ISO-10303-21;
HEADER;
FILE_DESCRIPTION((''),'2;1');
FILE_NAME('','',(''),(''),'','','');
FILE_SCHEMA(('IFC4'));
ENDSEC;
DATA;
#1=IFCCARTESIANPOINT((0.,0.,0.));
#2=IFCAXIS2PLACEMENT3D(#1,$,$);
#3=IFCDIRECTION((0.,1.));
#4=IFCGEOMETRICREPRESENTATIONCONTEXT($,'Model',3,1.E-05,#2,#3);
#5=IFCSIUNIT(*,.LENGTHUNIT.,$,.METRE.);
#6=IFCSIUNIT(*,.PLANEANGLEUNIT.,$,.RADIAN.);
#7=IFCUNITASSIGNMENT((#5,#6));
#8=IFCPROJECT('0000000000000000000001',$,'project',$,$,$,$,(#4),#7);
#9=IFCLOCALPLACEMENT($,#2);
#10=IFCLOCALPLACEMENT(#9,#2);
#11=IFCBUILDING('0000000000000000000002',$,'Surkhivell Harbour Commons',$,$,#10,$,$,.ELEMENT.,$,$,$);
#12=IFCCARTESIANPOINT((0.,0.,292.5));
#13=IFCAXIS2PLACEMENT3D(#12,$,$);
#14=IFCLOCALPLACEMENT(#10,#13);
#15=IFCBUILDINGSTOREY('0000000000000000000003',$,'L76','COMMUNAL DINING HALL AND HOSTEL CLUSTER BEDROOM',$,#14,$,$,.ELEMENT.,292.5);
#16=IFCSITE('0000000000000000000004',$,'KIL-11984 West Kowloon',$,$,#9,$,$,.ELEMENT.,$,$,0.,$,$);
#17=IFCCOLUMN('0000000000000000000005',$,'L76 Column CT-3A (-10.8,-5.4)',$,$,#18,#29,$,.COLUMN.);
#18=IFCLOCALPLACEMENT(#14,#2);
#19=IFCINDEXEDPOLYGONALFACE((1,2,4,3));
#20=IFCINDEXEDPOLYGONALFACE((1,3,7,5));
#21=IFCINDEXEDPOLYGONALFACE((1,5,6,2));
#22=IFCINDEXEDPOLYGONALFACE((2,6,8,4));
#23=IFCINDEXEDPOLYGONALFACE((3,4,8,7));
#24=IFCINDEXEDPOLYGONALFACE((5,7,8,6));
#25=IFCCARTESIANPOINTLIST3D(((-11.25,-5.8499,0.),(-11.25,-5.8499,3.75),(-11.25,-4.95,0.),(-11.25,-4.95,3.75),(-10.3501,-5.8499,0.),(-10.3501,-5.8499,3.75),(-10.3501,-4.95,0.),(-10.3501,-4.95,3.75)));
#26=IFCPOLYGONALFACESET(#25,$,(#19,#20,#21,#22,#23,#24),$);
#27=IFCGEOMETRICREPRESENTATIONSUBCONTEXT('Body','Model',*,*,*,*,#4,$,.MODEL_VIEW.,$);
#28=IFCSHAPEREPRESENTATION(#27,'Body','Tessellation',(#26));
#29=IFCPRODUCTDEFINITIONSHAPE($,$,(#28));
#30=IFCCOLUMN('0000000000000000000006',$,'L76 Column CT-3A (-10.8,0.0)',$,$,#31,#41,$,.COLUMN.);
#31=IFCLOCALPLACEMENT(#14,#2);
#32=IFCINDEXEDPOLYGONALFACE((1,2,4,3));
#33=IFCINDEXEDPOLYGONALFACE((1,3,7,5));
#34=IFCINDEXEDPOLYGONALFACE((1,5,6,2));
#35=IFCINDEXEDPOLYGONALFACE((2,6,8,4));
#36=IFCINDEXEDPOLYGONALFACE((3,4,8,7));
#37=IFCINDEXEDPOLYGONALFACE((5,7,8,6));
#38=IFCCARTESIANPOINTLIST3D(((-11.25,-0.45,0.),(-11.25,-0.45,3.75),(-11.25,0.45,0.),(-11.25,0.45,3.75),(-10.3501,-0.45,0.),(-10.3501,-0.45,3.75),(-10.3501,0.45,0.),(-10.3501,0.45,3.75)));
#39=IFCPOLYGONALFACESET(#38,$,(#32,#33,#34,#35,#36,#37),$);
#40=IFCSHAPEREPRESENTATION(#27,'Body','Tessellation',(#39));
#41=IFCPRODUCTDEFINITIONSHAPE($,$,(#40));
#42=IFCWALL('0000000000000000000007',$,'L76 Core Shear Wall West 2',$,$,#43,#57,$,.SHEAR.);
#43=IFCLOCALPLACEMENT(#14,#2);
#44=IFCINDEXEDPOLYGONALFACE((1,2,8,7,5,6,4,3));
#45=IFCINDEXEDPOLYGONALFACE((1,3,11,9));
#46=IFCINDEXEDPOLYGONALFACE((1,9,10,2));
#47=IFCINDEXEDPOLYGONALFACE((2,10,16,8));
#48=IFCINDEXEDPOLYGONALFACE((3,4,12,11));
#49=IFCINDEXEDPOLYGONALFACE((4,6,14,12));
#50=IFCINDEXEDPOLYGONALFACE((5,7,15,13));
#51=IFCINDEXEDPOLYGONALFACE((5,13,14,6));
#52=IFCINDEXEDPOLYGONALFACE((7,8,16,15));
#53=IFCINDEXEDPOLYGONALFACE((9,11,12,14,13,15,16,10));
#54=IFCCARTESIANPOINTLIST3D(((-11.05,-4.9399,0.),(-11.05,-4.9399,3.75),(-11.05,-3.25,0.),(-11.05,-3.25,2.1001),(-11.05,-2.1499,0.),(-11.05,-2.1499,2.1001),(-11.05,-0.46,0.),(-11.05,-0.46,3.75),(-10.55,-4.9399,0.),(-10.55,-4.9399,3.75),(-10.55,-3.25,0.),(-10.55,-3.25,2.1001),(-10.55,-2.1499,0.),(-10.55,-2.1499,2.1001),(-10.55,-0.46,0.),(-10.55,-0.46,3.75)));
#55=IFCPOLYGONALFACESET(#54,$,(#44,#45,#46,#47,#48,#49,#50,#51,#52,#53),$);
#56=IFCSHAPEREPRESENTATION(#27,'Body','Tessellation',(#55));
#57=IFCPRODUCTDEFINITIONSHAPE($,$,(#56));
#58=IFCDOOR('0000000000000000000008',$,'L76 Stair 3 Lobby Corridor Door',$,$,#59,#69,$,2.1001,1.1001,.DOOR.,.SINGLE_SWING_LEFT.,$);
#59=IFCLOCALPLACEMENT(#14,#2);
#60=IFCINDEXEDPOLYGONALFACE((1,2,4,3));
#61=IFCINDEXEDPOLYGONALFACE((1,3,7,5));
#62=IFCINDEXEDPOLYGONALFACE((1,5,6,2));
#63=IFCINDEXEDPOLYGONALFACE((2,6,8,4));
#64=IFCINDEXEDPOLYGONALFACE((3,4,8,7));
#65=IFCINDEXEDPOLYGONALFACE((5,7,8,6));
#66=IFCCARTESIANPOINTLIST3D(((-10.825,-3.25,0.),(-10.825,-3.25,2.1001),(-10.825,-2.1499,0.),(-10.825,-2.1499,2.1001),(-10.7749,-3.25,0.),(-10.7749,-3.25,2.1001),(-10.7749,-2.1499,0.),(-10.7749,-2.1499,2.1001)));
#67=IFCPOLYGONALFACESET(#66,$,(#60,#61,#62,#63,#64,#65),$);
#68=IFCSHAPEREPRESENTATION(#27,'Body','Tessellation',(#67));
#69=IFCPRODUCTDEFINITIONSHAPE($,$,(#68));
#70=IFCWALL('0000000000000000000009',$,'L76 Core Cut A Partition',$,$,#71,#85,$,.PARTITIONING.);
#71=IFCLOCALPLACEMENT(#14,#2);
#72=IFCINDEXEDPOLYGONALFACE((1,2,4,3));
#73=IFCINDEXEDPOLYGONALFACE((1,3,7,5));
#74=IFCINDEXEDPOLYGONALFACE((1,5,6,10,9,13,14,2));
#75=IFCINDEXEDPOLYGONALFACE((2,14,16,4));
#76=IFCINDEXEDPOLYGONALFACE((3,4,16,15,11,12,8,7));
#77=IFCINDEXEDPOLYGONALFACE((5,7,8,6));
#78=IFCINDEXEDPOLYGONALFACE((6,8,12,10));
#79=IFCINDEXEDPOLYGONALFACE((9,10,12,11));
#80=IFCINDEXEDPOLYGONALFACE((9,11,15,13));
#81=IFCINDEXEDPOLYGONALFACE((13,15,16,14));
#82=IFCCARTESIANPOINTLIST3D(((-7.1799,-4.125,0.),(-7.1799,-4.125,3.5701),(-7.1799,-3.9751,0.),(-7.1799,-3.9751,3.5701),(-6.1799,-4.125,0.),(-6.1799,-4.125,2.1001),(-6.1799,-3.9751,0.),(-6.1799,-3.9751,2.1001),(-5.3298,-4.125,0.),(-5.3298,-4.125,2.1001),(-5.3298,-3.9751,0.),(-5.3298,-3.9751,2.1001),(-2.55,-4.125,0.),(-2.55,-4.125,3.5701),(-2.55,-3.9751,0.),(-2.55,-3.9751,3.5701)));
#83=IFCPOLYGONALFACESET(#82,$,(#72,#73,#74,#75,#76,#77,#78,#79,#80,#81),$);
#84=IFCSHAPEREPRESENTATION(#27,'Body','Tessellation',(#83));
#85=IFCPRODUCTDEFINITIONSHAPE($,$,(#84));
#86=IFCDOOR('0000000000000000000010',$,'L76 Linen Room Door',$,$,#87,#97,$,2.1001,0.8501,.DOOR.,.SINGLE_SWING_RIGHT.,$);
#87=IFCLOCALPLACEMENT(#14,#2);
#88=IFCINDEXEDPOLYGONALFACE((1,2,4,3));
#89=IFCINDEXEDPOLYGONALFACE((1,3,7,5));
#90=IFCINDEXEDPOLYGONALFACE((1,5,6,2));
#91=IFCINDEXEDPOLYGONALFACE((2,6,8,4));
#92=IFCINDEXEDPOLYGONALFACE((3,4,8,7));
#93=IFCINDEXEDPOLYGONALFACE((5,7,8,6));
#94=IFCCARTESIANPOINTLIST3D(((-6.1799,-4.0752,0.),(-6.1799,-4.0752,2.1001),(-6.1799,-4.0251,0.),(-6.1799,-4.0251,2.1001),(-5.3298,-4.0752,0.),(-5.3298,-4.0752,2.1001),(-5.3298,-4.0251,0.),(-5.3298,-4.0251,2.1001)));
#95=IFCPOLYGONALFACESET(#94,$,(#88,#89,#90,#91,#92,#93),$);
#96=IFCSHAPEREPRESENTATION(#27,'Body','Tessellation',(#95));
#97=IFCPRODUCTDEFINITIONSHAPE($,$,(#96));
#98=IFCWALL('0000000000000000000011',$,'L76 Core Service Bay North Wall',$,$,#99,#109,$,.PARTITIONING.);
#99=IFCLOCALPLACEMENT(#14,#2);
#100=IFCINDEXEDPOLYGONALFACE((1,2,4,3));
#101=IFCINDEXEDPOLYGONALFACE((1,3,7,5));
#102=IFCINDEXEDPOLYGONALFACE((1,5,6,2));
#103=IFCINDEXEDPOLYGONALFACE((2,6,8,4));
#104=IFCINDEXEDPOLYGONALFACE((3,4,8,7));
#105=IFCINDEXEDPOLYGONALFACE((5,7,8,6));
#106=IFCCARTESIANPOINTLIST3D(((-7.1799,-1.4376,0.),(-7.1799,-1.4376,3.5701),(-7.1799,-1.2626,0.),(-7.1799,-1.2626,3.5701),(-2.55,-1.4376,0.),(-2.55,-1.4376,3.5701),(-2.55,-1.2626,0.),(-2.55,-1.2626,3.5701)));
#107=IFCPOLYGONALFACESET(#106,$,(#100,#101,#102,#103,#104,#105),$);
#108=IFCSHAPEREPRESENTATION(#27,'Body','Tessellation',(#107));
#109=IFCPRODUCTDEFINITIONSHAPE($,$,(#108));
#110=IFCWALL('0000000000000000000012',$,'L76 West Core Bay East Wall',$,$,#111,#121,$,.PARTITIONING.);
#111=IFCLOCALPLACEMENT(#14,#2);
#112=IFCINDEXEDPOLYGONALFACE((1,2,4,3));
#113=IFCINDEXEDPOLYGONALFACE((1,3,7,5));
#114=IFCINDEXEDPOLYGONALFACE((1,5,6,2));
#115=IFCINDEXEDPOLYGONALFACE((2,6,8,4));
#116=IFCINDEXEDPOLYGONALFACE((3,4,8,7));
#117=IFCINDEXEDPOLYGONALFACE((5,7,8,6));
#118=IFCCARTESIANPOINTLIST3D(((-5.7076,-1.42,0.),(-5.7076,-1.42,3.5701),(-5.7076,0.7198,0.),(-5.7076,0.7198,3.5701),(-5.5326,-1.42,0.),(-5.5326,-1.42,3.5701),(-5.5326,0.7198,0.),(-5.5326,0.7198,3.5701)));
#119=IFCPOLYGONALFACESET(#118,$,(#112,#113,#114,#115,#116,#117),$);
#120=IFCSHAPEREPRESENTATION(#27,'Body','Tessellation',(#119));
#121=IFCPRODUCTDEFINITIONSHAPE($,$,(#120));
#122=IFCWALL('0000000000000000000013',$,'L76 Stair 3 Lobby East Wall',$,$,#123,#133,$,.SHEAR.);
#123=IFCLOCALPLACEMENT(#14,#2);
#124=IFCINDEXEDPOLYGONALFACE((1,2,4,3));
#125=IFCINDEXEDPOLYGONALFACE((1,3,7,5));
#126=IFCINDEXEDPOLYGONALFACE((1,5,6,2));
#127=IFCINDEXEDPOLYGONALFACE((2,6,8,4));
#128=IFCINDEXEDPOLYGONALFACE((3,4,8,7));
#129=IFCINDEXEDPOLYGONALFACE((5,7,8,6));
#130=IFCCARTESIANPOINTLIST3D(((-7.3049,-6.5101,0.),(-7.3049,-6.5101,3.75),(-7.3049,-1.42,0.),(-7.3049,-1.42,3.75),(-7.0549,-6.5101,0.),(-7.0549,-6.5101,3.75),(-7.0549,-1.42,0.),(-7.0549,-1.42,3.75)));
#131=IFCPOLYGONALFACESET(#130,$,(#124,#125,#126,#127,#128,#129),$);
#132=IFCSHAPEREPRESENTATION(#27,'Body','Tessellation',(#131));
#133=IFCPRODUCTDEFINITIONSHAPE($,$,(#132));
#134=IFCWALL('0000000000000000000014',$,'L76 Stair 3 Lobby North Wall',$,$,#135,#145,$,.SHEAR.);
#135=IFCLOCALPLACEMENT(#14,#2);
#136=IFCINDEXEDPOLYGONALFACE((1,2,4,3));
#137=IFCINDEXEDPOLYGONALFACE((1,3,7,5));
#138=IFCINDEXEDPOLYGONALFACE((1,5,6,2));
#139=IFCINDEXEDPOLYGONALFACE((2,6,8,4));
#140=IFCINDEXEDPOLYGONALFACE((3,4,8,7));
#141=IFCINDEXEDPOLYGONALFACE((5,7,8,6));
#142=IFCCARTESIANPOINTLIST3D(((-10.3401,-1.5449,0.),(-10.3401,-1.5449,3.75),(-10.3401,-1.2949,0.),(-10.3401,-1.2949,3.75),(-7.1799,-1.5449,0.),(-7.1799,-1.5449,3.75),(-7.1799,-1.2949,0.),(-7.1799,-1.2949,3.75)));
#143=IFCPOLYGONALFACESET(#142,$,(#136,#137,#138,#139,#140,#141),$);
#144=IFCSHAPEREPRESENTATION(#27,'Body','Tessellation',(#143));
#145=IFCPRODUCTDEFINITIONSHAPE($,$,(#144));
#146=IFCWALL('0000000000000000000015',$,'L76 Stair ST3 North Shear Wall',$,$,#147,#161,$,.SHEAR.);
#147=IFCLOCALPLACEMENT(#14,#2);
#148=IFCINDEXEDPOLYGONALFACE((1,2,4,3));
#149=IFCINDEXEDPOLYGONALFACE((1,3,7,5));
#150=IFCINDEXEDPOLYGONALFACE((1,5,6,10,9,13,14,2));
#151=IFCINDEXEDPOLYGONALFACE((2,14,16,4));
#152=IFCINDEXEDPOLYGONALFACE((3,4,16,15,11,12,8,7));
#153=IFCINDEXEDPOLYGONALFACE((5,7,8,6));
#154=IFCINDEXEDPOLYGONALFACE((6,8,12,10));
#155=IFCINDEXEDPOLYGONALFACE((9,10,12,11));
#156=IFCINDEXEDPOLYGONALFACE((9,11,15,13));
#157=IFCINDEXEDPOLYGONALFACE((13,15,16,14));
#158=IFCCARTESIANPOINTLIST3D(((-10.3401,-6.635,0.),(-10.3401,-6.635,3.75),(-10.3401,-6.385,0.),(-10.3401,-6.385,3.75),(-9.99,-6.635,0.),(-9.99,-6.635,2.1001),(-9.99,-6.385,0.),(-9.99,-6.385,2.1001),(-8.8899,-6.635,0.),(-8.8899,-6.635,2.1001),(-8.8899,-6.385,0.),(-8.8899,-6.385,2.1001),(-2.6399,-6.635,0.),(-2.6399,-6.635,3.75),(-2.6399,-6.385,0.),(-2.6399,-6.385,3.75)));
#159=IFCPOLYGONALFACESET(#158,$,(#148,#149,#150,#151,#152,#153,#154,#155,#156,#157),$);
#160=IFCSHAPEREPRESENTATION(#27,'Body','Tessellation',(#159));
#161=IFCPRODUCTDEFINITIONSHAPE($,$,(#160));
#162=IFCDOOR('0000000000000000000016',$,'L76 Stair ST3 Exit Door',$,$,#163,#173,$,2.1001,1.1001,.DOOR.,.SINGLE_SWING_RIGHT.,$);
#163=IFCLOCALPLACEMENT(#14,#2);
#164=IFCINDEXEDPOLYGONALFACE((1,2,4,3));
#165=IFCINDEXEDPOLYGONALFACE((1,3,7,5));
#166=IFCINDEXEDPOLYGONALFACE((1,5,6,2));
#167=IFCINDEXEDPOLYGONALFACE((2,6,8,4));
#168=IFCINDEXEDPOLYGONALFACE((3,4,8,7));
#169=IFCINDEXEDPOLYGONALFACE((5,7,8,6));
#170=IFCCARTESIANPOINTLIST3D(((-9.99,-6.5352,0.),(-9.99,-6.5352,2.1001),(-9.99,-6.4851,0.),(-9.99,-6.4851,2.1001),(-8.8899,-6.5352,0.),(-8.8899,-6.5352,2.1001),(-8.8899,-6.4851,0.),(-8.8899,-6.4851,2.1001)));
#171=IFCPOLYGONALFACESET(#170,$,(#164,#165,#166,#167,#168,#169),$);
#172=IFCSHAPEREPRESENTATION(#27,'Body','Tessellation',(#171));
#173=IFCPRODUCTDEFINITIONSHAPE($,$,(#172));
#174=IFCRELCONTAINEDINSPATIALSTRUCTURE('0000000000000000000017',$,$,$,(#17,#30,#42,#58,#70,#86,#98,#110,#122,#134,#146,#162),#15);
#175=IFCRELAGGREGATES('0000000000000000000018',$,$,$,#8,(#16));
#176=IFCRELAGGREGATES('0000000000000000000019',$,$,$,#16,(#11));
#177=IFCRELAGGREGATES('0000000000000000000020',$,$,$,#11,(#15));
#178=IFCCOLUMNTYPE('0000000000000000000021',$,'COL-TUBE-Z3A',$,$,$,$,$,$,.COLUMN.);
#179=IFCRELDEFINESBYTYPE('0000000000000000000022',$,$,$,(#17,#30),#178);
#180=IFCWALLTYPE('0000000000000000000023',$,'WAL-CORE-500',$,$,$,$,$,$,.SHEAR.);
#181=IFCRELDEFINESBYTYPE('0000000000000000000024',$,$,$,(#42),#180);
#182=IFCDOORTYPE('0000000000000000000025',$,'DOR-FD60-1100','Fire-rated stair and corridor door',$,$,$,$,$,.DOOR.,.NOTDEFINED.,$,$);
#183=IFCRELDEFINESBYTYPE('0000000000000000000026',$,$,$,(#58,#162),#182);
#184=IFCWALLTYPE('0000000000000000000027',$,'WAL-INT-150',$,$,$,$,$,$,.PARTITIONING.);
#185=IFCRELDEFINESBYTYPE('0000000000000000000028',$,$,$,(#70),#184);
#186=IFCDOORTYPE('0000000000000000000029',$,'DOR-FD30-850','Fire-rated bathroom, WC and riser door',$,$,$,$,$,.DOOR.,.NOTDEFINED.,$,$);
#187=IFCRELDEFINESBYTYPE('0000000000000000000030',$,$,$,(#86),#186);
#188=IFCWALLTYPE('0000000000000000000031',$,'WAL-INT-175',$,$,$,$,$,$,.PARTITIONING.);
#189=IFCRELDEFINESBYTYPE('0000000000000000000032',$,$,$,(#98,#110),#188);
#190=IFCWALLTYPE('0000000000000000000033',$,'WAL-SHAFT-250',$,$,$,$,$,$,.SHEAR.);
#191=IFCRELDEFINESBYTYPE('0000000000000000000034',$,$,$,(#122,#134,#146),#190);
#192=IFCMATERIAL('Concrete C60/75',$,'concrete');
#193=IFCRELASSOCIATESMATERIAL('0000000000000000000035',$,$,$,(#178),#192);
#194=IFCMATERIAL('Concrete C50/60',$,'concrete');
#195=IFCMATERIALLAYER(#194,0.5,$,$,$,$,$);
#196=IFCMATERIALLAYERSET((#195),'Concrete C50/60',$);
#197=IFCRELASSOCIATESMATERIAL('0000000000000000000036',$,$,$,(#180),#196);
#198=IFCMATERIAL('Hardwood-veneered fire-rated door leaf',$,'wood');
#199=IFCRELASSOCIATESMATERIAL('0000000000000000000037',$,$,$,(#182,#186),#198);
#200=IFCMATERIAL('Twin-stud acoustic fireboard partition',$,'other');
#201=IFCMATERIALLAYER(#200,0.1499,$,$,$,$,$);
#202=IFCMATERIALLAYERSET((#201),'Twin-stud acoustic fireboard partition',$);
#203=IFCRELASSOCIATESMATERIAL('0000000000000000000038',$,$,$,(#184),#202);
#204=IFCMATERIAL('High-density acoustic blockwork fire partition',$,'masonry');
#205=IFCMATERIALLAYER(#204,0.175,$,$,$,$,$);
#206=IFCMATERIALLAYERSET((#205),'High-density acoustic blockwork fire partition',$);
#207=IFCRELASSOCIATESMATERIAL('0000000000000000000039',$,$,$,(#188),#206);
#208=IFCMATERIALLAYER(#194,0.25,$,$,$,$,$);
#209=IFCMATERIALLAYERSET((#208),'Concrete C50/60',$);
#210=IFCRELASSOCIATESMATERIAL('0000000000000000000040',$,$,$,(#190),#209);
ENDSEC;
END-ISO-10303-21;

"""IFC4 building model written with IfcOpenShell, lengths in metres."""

from ifc_helpers import new_model, si_unit, direction, frame, frame_2d, origin, origin_2d, place, context, subcontext, project, spatial, rectangle, extrude, material, layer, layer_set, material_profile, profile_set, type_object, element, fill, save


model = new_model("IFC4")

# Units and contexts
model_context = context("Model", 3, precision=1e-05, world=origin(), true_north=direction((0.0, 1.0)))
body_context = subcontext(model_context, "Body", "Model", "MODEL_VIEW")
ifc_project = project(units=[si_unit("LENGTHUNIT", "METRE"), si_unit("PLANEANGLEUNIT", "RADIAN")], contexts=[model_context])

# Site, building, storey
site_placement = place(None, origin())
site = spatial("IfcSite", under=ifc_project, at=site_placement, Name="KIL-11984 West Kowloon", CompositionType="ELEMENT", RefElevation=0.0)
building_placement = place(site_placement, origin())
building = spatial("IfcBuilding", under=site, at=building_placement, Name="Surkhivell Harbour Commons", CompositionType="ELEMENT")
storey_placement = place(building_placement, frame((0.0, 0.0, 292.5)))
storey = spatial("IfcBuildingStorey", under=building, at=storey_placement, Name="L76", Description="COMMUNAL DINING HALL AND HOSTEL CLUSTER BEDROOM", CompositionType="ELEMENT", Elevation=292.5)

# Columns
ifc_material_1 = material(Name="Concrete C60/75", Category="concrete")
ifc_material_profile = material_profile(ifc_material_1, rectangle(XDim=0.8999, YDim=0.8999, at=origin_2d()), Name="RC-COL-900x900")
ifc_profile_set = profile_set([ifc_material_profile], Name="Concrete C60/75")
column_type = type_object("IfcColumnType", Name="COL-TUBE-Z3A", PredefinedType="COLUMN", material=ifc_profile_set)
for number, where, z_axis, x_axis, name in (
    (1, (-10.8, -5.3999, 0.0), (0.0, 0.0, 1.0), (1.0, 0.0, 0.0), "L76 Column CT-3A (-10.8,-5.4)"),
    (2, (-10.8, 0.0, 0.0), (0.0, 0.0, 1.0), (1.0, 0.0, 0.0), "L76 Column CT-3A (-10.8,0.0)"),
):
    element("IfcColumn", number, at=place(storey_placement, frame(where, z_axis=z_axis, x_axis=x_axis)), inside=storey, type_object=column_type, Name=name, PredefinedType="COLUMN", context=body_context, shape_type="SweptSolid", body=[
        extrude(rectangle(XDim=0.8999, YDim=0.8999, at=origin_2d()), origin(), (0.0, 0.0, 1.0), 3.75),
    ])

# Walls, openings, doors
ifc_material_2 = material(Name="Concrete C50/60", Category="concrete")
ifc_layer_1 = layer(ifc_material_2, 0.5)
ifc_layer_set_1 = layer_set([ifc_layer_1], Name="Concrete C50/60")
wall_type_1 = type_object("IfcWallType", Name="WAL-CORE-500", PredefinedType="SHEAR", material=ifc_layer_set_1)
wall_1_placement = place(storey_placement, frame((-10.8, -4.9399, 0.0), z_axis=(0.0, 0.0, 1.0), x_axis=(0.0, 1.0, 0.0)))
wall_1 = element("IfcWall", 3, at=wall_1_placement, inside=storey, type_object=wall_type_1, Name="L76 Core Shear Wall West 2", PredefinedType="SHEAR", context=body_context, shape_type="SweptSolid", body=[
    extrude(rectangle(XDim=4.48, YDim=0.5, at=frame_2d((2.24, 0.0))), origin(), (0.0, 0.0, 1.0), 3.75),
])
opening_1_placement = place(wall_1_placement, frame((1.6899, 0.0, 0.0)))
opening_1 = element("IfcOpeningElement", 4, at=opening_1_placement, cuts=wall_1, PredefinedType="OPENING", context=body_context, shape_type="SweptSolid", body=[
    extrude(rectangle(XDim=1.1001, YDim=2.1001, at=frame_2d((0.55, 1.05))), frame((0.0, 0.26, 0.0), z_axis=(0.0, -1.0, 0.0), x_axis=(1.0, 0.0, 0.0)), (0.0, 0.0, 1.0), 0.52),
])
ifc_material_3 = material(Name="Hardwood-veneered fire-rated door leaf", Category="wood")
door_type_1 = type_object("IfcDoorType", Name="DOR-FD60-1100", Description="Fire-rated stair and corridor door", OperationType="NOTDEFINED", PredefinedType="DOOR", material=ifc_material_3)
door_1_placement = place(opening_1_placement, origin())
door_1 = element("IfcDoor", 5, at=door_1_placement, inside=storey, type_object=door_type_1, Name="L76 Stair 3 Lobby Corridor Door", OperationType="SINGLE_SWING_LEFT", OverallHeight=2.1001, OverallWidth=1.1001, PredefinedType="DOOR", context=body_context, shape_type="SweptSolid", body=[
    extrude(rectangle(XDim=1.1001, YDim=2.1001, at=frame_2d((0.55, 1.05))), frame((0.0, 0.0249, 0.0), z_axis=(0.0, -1.0, 0.0), x_axis=(1.0, 0.0, 0.0)), (0.0, 0.0, 1.0), 0.05),
])
fill(opening_1, door_1)
ifc_material_4 = material(Name="Twin-stud acoustic fireboard partition", Category="other")
ifc_layer_2 = layer(ifc_material_4, 0.1499)
ifc_layer_set_2 = layer_set([ifc_layer_2], Name="Twin-stud acoustic fireboard partition")
wall_type_2 = type_object("IfcWallType", Name="WAL-INT-150", PredefinedType="PARTITIONING", material=ifc_layer_set_2)
wall_2_placement = place(storey_placement, frame((-7.1799, -4.05, 0.0), z_axis=(0.0, 0.0, 1.0), x_axis=(1.0, 0.0, 0.0)))
wall_2 = element("IfcWall", 6, at=wall_2_placement, inside=storey, type_object=wall_type_2, Name="L76 Core Cut A Partition", PredefinedType="PARTITIONING", context=body_context, shape_type="SweptSolid", body=[
    extrude(rectangle(XDim=4.6299, YDim=0.1499, at=frame_2d((2.3149, 0.0))), origin(), (0.0, 0.0, 1.0), 3.5701),
])
opening_2_placement = place(wall_2_placement, frame((1.0, 0.0, 0.0)))
opening_2 = element("IfcOpeningElement", 7, at=opening_2_placement, cuts=wall_2, PredefinedType="OPENING", context=body_context, shape_type="SweptSolid", body=[
    extrude(rectangle(XDim=0.8501, YDim=2.1001, at=frame_2d((0.425, 1.05))), frame((0.0, 0.085, 0.0), z_axis=(0.0, -1.0, 0.0), x_axis=(1.0, 0.0, 0.0)), (0.0, 0.0, 1.0), 0.1699),
])
door_type_2 = type_object("IfcDoorType", Name="DOR-FD30-850", Description="Fire-rated bathroom, WC and riser door", OperationType="NOTDEFINED", PredefinedType="DOOR", material=ifc_material_3)
door_2_placement = place(opening_2_placement, origin())
door_2 = element("IfcDoor", 8, at=door_2_placement, inside=storey, type_object=door_type_2, Name="L76 Linen Room Door", OperationType="SINGLE_SWING_RIGHT", OverallHeight=2.1001, OverallWidth=0.8501, PredefinedType="DOOR", context=body_context, shape_type="SweptSolid", body=[
    extrude(rectangle(XDim=0.8501, YDim=2.1001, at=frame_2d((0.425, 1.05))), frame((0.0, 0.0249, 0.0), z_axis=(0.0, -1.0, 0.0), x_axis=(1.0, 0.0, 0.0)), (0.0, 0.0, 1.0), 0.05),
])
fill(opening_2, door_2)

# Walls
ifc_material_5 = material(Name="High-density acoustic blockwork fire partition", Category="masonry")
ifc_layer_3 = layer(ifc_material_5, 0.175)
ifc_layer_set_3 = layer_set([ifc_layer_3], Name="High-density acoustic blockwork fire partition")
wall_type_3 = type_object("IfcWallType", Name="WAL-INT-175", PredefinedType="PARTITIONING", material=ifc_layer_set_3)
wall_3_placement = place(storey_placement, frame((-7.1799, -1.3501, 0.0), z_axis=(0.0, 0.0, 1.0), x_axis=(1.0, 0.0, 0.0)))
element("IfcWall", 9, at=wall_3_placement, inside=storey, type_object=wall_type_3, Name="L76 Core Service Bay North Wall", PredefinedType="PARTITIONING", context=body_context, shape_type="SweptSolid", body=[
    extrude(rectangle(XDim=4.6299, YDim=0.175, at=frame_2d((2.3149, 0.0))), origin(), (0.0, 0.0, 1.0), 3.5701),
])
wall_4_placement = place(storey_placement, frame((-5.6201, -1.4199, 0.0), z_axis=(0.0, 0.0, 1.0), x_axis=(0.0, 1.0, 0.0)))
element("IfcWall", 10, at=wall_4_placement, inside=storey, type_object=wall_type_3, Name="L76 West Core Bay East Wall", PredefinedType="PARTITIONING", context=body_context, shape_type="SweptSolid", body=[
    extrude(rectangle(XDim=2.1399, YDim=0.175, at=frame_2d((1.0698, 0.0))), origin(), (0.0, 0.0, 1.0), 3.5701),
])
ifc_layer_4 = layer(ifc_material_2, 0.25)
ifc_layer_set_4 = layer_set([ifc_layer_4], Name="Concrete C50/60")
wall_type_4 = type_object("IfcWallType", Name="WAL-SHAFT-250", PredefinedType="SHEAR", material=ifc_layer_set_4)
wall_5_placement = place(storey_placement, frame((-7.1799, -6.51, 0.0), z_axis=(0.0, 0.0, 1.0), x_axis=(0.0, 1.0, 0.0)))
element("IfcWall", 11, at=wall_5_placement, inside=storey, type_object=wall_type_4, Name="L76 Stair 3 Lobby East Wall", PredefinedType="SHEAR", context=body_context, shape_type="SweptSolid", body=[
    extrude(rectangle(XDim=5.0901, YDim=0.25, at=frame_2d((2.5449, 0.0))), origin(), (0.0, 0.0, 1.0), 3.75),
])
wall_6_placement = place(storey_placement, frame((-10.3401, -1.4199, 0.0), z_axis=(0.0, 0.0, 1.0), x_axis=(1.0, 0.0, 0.0)))
element("IfcWall", 12, at=wall_6_placement, inside=storey, type_object=wall_type_4, Name="L76 Stair 3 Lobby North Wall", PredefinedType="SHEAR", context=body_context, shape_type="SweptSolid", body=[
    extrude(rectangle(XDim=3.1602, YDim=0.25, at=frame_2d((1.5801, 0.0))), origin(), (0.0, 0.0, 1.0), 3.75),
])

# Wall, opening, door
wall_7_placement = place(storey_placement, frame((-10.3401, -6.51, 0.0), z_axis=(0.0, 0.0, 1.0), x_axis=(1.0, 0.0, 0.0)))
wall_7 = element("IfcWall", 13, at=wall_7_placement, inside=storey, type_object=wall_type_4, Name="L76 Stair ST3 North Shear Wall", PredefinedType="SHEAR", context=body_context, shape_type="SweptSolid", body=[
    extrude(rectangle(XDim=7.7002, YDim=0.25, at=frame_2d((3.8501, 0.0))), origin(), (0.0, 0.0, 1.0), 3.75),
])
opening_3_placement = place(wall_7_placement, frame((0.3501, 0.0, 0.0)))
opening_3 = element("IfcOpeningElement", 14, at=opening_3_placement, cuts=wall_7, PredefinedType="OPENING", context=body_context, shape_type="SweptSolid", body=[
    extrude(rectangle(XDim=1.1001, YDim=2.1001, at=frame_2d((0.55, 1.05))), frame((0.0, 0.135, 0.0), z_axis=(0.0, -1.0, 0.0), x_axis=(1.0, 0.0, 0.0)), (0.0, 0.0, 1.0), 0.27),
])
door_3_placement = place(opening_3_placement, origin())
door_3 = element("IfcDoor", 15, at=door_3_placement, inside=storey, type_object=door_type_1, Name="L76 Stair ST3 Exit Door", OperationType="SINGLE_SWING_RIGHT", OverallHeight=2.1001, OverallWidth=1.1001, PredefinedType="DOOR", context=body_context, shape_type="SweptSolid", body=[
    extrude(rectangle(XDim=1.1001, YDim=2.1001, at=frame_2d((0.55, 1.05))), frame((0.0, 0.0249, 0.0), z_axis=(0.0, -1.0, 0.0), x_axis=(1.0, 0.0, 0.0)), (0.0, 0.0, 1.0), 0.05),
])
fill(opening_3, door_3)

save(model, "model.ifc")
